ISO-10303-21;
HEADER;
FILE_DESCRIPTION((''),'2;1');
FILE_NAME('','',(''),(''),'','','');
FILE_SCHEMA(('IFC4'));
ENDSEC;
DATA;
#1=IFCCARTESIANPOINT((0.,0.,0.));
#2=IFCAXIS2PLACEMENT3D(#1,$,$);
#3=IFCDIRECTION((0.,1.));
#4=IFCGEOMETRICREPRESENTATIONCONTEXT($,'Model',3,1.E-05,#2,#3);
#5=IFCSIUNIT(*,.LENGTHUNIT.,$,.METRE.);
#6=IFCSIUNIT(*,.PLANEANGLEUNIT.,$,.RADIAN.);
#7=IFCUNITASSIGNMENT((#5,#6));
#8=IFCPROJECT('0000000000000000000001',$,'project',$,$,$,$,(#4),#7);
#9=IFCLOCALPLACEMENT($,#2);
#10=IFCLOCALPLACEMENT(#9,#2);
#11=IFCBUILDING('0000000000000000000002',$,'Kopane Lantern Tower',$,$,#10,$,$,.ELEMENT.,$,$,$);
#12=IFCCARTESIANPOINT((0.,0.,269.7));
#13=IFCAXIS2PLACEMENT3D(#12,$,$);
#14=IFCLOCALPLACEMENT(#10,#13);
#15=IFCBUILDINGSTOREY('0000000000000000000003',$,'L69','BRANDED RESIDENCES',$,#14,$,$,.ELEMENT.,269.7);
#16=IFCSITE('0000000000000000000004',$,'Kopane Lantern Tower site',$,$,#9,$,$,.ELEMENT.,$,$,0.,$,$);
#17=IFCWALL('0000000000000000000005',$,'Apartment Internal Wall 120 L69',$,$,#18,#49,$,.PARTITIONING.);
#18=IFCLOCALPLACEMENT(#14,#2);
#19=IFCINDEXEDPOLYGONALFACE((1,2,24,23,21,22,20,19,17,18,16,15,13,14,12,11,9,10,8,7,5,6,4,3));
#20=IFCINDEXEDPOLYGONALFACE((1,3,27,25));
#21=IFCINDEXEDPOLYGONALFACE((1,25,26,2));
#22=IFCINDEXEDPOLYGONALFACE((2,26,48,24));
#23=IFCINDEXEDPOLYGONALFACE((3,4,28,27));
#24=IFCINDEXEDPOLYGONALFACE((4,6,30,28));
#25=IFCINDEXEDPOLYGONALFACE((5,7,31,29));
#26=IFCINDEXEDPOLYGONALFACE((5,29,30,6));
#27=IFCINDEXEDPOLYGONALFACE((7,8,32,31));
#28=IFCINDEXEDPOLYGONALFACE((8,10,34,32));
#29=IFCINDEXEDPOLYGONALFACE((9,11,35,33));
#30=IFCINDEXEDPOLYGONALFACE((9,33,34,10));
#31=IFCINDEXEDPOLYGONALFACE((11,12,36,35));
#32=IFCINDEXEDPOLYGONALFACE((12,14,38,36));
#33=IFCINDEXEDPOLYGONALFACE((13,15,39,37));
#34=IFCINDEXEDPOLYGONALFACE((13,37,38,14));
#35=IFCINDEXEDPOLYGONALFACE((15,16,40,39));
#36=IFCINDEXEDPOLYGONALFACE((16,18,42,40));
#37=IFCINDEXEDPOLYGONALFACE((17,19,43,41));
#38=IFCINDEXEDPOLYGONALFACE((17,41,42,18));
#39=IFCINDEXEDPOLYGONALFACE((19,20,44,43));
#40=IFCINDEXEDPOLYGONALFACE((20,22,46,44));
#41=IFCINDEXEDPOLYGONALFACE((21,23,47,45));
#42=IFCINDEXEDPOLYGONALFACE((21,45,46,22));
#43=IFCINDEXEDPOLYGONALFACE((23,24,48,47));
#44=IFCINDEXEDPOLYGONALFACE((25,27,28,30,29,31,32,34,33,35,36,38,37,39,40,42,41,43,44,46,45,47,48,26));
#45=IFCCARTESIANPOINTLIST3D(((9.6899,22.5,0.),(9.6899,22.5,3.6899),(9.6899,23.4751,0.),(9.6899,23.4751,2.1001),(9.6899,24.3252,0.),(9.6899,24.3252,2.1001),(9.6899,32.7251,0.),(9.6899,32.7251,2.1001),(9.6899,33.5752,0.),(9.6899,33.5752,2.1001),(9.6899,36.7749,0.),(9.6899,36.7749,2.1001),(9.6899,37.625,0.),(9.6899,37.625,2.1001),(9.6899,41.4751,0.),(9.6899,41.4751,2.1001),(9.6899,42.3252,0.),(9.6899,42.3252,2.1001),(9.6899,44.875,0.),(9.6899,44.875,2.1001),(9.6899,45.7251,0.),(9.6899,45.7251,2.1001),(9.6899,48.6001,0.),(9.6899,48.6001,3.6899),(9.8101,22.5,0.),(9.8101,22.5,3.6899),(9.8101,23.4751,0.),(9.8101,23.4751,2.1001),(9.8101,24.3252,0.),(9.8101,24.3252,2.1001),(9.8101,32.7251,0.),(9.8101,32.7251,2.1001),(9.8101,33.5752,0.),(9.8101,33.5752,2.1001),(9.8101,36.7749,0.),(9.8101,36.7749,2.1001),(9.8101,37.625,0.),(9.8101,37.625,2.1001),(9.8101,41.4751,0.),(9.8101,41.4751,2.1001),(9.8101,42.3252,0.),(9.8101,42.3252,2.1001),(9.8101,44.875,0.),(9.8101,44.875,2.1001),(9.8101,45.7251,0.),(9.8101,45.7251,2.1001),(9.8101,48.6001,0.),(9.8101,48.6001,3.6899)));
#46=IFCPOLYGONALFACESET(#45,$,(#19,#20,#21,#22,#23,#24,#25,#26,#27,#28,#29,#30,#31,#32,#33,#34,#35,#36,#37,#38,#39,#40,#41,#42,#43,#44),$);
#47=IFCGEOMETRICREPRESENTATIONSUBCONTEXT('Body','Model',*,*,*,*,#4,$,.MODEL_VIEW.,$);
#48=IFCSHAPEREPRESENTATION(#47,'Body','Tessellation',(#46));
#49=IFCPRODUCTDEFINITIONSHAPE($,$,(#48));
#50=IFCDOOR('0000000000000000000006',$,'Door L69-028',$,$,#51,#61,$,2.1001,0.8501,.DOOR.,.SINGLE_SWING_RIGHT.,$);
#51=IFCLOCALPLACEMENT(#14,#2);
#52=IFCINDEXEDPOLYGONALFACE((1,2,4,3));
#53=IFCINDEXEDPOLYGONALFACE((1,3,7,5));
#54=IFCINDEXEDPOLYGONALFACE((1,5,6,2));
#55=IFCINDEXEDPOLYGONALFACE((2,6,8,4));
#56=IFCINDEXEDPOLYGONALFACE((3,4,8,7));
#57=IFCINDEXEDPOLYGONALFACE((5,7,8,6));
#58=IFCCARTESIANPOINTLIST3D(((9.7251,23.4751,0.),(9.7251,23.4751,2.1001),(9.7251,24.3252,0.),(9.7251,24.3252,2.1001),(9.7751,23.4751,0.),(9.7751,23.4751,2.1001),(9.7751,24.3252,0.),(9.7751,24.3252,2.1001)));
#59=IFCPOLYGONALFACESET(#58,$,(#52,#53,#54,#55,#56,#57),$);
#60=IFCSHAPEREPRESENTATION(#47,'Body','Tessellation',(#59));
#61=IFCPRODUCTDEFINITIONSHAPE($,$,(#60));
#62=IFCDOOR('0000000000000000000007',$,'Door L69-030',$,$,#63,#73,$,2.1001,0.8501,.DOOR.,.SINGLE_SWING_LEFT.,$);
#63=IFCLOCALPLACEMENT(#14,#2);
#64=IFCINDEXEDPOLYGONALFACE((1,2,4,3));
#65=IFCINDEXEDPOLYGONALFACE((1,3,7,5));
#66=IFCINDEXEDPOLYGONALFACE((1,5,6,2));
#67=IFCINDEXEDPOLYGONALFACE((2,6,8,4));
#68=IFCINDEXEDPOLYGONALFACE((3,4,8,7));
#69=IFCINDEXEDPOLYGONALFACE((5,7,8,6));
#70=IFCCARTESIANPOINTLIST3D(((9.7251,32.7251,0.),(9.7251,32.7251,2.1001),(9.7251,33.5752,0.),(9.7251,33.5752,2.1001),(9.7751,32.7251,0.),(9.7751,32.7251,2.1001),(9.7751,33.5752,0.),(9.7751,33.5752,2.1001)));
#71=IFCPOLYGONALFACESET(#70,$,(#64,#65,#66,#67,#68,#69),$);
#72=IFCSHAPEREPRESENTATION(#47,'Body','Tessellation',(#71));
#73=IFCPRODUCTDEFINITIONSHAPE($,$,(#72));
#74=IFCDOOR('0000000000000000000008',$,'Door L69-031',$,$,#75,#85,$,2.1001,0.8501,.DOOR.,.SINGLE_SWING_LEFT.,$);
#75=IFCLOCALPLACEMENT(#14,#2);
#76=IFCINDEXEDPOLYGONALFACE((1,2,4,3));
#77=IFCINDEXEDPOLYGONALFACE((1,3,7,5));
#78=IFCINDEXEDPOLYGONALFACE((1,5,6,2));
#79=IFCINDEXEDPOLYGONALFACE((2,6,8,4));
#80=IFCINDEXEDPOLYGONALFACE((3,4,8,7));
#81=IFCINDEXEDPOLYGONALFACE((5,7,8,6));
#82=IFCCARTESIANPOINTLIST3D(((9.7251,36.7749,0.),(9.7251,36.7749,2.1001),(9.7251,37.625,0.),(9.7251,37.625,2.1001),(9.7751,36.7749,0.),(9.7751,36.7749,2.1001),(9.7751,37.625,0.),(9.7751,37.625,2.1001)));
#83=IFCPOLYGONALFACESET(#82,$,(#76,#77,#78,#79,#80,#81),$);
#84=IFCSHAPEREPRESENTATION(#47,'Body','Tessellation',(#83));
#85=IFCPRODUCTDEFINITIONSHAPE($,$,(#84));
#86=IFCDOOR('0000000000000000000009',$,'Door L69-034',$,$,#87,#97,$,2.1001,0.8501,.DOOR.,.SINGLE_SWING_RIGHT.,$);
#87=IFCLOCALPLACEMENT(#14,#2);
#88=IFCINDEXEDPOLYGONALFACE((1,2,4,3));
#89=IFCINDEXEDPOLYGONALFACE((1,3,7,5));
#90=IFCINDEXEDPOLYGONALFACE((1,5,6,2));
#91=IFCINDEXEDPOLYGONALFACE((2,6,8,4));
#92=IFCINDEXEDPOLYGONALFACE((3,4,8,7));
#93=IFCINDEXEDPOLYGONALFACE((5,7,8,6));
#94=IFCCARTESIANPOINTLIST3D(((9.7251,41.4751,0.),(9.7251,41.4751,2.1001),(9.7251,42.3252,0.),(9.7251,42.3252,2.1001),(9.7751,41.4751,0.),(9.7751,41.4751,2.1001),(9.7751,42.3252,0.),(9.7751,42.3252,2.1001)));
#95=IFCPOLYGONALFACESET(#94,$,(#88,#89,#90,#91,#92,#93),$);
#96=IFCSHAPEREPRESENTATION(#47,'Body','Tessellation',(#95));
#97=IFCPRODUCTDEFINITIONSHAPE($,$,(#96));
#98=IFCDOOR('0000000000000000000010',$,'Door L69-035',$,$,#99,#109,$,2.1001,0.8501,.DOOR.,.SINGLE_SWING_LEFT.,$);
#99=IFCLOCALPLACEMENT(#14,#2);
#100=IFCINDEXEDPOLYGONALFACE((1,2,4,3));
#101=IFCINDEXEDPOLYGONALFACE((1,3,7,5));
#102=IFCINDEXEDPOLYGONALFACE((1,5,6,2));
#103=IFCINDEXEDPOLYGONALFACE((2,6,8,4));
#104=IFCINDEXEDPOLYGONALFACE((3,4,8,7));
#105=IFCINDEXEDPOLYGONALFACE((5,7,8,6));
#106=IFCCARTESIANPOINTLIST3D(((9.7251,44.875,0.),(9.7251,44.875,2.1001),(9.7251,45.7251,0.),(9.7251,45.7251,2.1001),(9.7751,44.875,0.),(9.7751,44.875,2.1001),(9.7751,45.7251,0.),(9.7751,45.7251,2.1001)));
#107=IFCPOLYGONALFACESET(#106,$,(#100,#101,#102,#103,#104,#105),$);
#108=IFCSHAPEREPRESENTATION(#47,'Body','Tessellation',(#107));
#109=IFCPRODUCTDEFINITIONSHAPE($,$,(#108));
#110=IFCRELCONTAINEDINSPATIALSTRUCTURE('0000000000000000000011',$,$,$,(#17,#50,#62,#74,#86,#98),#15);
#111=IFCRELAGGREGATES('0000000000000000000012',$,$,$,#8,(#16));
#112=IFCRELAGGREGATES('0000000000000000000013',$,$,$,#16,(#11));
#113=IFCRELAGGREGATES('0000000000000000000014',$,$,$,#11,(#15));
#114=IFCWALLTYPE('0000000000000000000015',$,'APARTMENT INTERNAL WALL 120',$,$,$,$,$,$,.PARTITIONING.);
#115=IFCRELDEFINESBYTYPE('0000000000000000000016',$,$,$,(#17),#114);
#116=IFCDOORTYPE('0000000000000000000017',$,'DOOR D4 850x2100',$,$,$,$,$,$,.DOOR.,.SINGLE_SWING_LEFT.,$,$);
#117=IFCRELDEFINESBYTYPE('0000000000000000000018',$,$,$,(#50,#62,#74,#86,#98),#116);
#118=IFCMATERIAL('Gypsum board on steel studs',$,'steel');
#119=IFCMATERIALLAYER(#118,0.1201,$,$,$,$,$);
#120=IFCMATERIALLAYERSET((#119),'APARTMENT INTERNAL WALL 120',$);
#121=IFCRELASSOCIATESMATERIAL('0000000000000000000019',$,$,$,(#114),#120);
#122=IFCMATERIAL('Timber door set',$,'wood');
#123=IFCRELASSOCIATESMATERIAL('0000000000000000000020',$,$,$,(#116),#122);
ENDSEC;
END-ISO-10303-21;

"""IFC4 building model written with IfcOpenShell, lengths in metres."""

from ifc_helpers import new_model, si_unit, direction, frame, frame_2d, origin, place, context, subcontext, project, spatial, rectangle, extrude, material, layer, layer_set, type_object, element, fill, save


model = new_model("IFC4")

# Units and contexts
model_context = context("Model", 3, precision=1e-05, world=origin(), true_north=direction((0.0, 1.0)))
body_context = subcontext(model_context, "Body", "Model", "MODEL_VIEW")
ifc_project = project(units=[si_unit("LENGTHUNIT", "METRE"), si_unit("PLANEANGLEUNIT", "RADIAN")], contexts=[model_context])

# Site, building, storey
site_placement = place(None, origin())
site = spatial("IfcSite", under=ifc_project, at=site_placement, Name="Kopane Lantern Tower site", CompositionType="ELEMENT", RefElevation=0.0)
building_placement = place(site_placement, origin())
building = spatial("IfcBuilding", under=site, at=building_placement, Name="Kopane Lantern Tower", CompositionType="ELEMENT")
storey_placement = place(building_placement, frame((0.0, 0.0, 269.7)))
storey = spatial("IfcBuildingStorey", under=building, at=storey_placement, Name="L69", Description="BRANDED RESIDENCES", CompositionType="ELEMENT", Elevation=269.7)

# Wall, openings, doors
ifc_material_1 = material(Name="Gypsum board on steel studs", Category="steel")
ifc_layer_1 = layer(ifc_material_1, 0.1201)
ifc_layer_set_1 = layer_set([ifc_layer_1], Name="APARTMENT INTERNAL WALL 120")
wall_type_1 = type_object("IfcWallType", Name="APARTMENT INTERNAL WALL 120", PredefinedType="PARTITIONING", material=ifc_layer_set_1)
wall_1_placement = place(storey_placement, frame((9.75, 22.5, 0.0), z_axis=(0.0, 0.0, 1.0), x_axis=(0.0, 1.0, 0.0)))
wall_1 = element("IfcWall", 1, at=wall_1_placement, inside=storey, type_object=wall_type_1, Name="Apartment Internal Wall 120 L69", PredefinedType="PARTITIONING", context=body_context, shape_type="SweptSolid", body=[
    extrude(rectangle(XDim=26.1001, YDim=0.1201, at=frame_2d((13.05, 0.0))), origin(), (0.0, 0.0, 1.0), 3.6899),
])
opening_1_placement = place(wall_1_placement, frame((0.9751, 0.0, 0.0)))
opening_1 = element("IfcOpeningElement", 2, at=opening_1_placement, cuts=wall_1, PredefinedType="OPENING", context=body_context, shape_type="SweptSolid", body=[
    extrude(rectangle(XDim=0.8501, YDim=2.1001, at=frame_2d((0.425, 1.05))), frame((0.0, 0.0701, 0.0), z_axis=(0.0, -1.0, 0.0), x_axis=(1.0, 0.0, 0.0)), (0.0, 0.0, 1.0), 0.1401),
])
opening_2_placement = place(wall_1_placement, frame((10.2251, 0.0, 0.0)))
opening_2 = element("IfcOpeningElement", 3, at=opening_2_placement, cuts=wall_1, PredefinedType="OPENING", context=body_context, shape_type="SweptSolid", body=[
    extrude(rectangle(XDim=0.8501, YDim=2.1001, at=frame_2d((0.425, 1.05))), frame((0.0, 0.0701, 0.0), z_axis=(0.0, -1.0, 0.0), x_axis=(1.0, 0.0, 0.0)), (0.0, 0.0, 1.0), 0.1401),
])
opening_3_placement = place(wall_1_placement, frame((14.2749, 0.0, 0.0)))
opening_3 = element("IfcOpeningElement", 4, at=opening_3_placement, cuts=wall_1, PredefinedType="OPENING", context=body_context, shape_type="SweptSolid", body=[
    extrude(rectangle(XDim=0.8501, YDim=2.1001, at=frame_2d((0.425, 1.05))), frame((0.0, 0.0701, 0.0), z_axis=(0.0, -1.0, 0.0), x_axis=(1.0, 0.0, 0.0)), (0.0, 0.0, 1.0), 0.1401),
])
opening_4_placement = place(wall_1_placement, frame((18.9751, 0.0, 0.0)))
opening_4 = element("IfcOpeningElement", 5, at=opening_4_placement, cuts=wall_1, PredefinedType="OPENING", context=body_context, shape_type="SweptSolid", body=[
    extrude(rectangle(XDim=0.8501, YDim=2.1001, at=frame_2d((0.425, 1.05))), frame((0.0, 0.0701, 0.0), z_axis=(0.0, -1.0, 0.0), x_axis=(1.0, 0.0, 0.0)), (0.0, 0.0, 1.0), 0.1401),
])
opening_5_placement = place(wall_1_placement, frame((22.375, 0.0, 0.0)))
opening_5 = element("IfcOpeningElement", 6, at=opening_5_placement, cuts=wall_1, PredefinedType="OPENING", context=body_context, shape_type="SweptSolid", body=[
    extrude(rectangle(XDim=0.8501, YDim=2.1001, at=frame_2d((0.425, 1.05))), frame((0.0, 0.0701, 0.0), z_axis=(0.0, -1.0, 0.0), x_axis=(1.0, 0.0, 0.0)), (0.0, 0.0, 1.0), 0.1401),
])
ifc_material_2 = material(Name="Timber door set", Category="wood")
door_type_1 = type_object("IfcDoorType", Name="DOOR D4 850x2100", OperationType="SINGLE_SWING_LEFT", PredefinedType="DOOR", material=ifc_material_2)
door_1_placement = place(opening_1_placement, origin())
door_1 = element("IfcDoor", 7, at=door_1_placement, inside=storey, type_object=door_type_1, Name="Door L69-028", OperationType="SINGLE_SWING_RIGHT", OverallHeight=2.1001, OverallWidth=0.8501, PredefinedType="DOOR", context=body_context, shape_type="SweptSolid", body=[
    extrude(rectangle(XDim=0.8501, YDim=2.1001, at=frame_2d((0.425, 1.05))), frame((0.0, 0.0249, 0.0), z_axis=(0.0, -1.0, 0.0), x_axis=(1.0, 0.0, 0.0)), (0.0, 0.0, 1.0), 0.05),
])
fill(opening_1, door_1)
door_2_placement = place(opening_2_placement, origin())
door_2 = element("IfcDoor", 8, at=door_2_placement, inside=storey, type_object=door_type_1, Name="Door L69-030", OperationType="SINGLE_SWING_LEFT", OverallHeight=2.1001, OverallWidth=0.8501, PredefinedType="DOOR", context=body_context, shape_type="SweptSolid", body=[
    extrude(rectangle(XDim=0.8501, YDim=2.1001, at=frame_2d((0.425, 1.05))), frame((0.0, 0.0249, 0.0), z_axis=(0.0, -1.0, 0.0), x_axis=(1.0, 0.0, 0.0)), (0.0, 0.0, 1.0), 0.05),
])
fill(opening_2, door_2)
door_3_placement = place(opening_3_placement, origin())
door_3 = element("IfcDoor", 9, at=door_3_placement, inside=storey, type_object=door_type_1, Name="Door L69-031", OperationType="SINGLE_SWING_LEFT", OverallHeight=2.1001, OverallWidth=0.8501, PredefinedType="DOOR", context=body_context, shape_type="SweptSolid", body=[
    extrude(rectangle(XDim=0.8501, YDim=2.1001, at=frame_2d((0.425, 1.05))), frame((0.0, 0.0249, 0.0), z_axis=(0.0, -1.0, 0.0), x_axis=(1.0, 0.0, 0.0)), (0.0, 0.0, 1.0), 0.05),
])
fill(opening_3, door_3)
door_4_placement = place(opening_4_placement, origin())
door_4 = element("IfcDoor", 10, at=door_4_placement, inside=storey, type_object=door_type_1, Name="Door L69-034", OperationType="SINGLE_SWING_RIGHT", OverallHeight=2.1001, OverallWidth=0.8501, PredefinedType="DOOR", context=body_context, shape_type="SweptSolid", body=[
    extrude(rectangle(XDim=0.8501, YDim=2.1001, at=frame_2d((0.425, 1.05))), frame((0.0, 0.0249, 0.0), z_axis=(0.0, -1.0, 0.0), x_axis=(1.0, 0.0, 0.0)), (0.0, 0.0, 1.0), 0.05),
])
fill(opening_4, door_4)
door_5_placement = place(opening_5_placement, origin())
door_5 = element("IfcDoor", 11, at=door_5_placement, inside=storey, type_object=door_type_1, Name="Door L69-035", OperationType="SINGLE_SWING_LEFT", OverallHeight=2.1001, OverallWidth=0.8501, PredefinedType="DOOR", context=body_context, shape_type="SweptSolid", body=[
    extrude(rectangle(XDim=0.8501, YDim=2.1001, at=frame_2d((0.425, 1.05))), frame((0.0, 0.0249, 0.0), z_axis=(0.0, -1.0, 0.0), x_axis=(1.0, 0.0, 0.0)), (0.0, 0.0, 1.0), 0.05),
])
fill(opening_5, door_5)

save(model, "model.ifc")
